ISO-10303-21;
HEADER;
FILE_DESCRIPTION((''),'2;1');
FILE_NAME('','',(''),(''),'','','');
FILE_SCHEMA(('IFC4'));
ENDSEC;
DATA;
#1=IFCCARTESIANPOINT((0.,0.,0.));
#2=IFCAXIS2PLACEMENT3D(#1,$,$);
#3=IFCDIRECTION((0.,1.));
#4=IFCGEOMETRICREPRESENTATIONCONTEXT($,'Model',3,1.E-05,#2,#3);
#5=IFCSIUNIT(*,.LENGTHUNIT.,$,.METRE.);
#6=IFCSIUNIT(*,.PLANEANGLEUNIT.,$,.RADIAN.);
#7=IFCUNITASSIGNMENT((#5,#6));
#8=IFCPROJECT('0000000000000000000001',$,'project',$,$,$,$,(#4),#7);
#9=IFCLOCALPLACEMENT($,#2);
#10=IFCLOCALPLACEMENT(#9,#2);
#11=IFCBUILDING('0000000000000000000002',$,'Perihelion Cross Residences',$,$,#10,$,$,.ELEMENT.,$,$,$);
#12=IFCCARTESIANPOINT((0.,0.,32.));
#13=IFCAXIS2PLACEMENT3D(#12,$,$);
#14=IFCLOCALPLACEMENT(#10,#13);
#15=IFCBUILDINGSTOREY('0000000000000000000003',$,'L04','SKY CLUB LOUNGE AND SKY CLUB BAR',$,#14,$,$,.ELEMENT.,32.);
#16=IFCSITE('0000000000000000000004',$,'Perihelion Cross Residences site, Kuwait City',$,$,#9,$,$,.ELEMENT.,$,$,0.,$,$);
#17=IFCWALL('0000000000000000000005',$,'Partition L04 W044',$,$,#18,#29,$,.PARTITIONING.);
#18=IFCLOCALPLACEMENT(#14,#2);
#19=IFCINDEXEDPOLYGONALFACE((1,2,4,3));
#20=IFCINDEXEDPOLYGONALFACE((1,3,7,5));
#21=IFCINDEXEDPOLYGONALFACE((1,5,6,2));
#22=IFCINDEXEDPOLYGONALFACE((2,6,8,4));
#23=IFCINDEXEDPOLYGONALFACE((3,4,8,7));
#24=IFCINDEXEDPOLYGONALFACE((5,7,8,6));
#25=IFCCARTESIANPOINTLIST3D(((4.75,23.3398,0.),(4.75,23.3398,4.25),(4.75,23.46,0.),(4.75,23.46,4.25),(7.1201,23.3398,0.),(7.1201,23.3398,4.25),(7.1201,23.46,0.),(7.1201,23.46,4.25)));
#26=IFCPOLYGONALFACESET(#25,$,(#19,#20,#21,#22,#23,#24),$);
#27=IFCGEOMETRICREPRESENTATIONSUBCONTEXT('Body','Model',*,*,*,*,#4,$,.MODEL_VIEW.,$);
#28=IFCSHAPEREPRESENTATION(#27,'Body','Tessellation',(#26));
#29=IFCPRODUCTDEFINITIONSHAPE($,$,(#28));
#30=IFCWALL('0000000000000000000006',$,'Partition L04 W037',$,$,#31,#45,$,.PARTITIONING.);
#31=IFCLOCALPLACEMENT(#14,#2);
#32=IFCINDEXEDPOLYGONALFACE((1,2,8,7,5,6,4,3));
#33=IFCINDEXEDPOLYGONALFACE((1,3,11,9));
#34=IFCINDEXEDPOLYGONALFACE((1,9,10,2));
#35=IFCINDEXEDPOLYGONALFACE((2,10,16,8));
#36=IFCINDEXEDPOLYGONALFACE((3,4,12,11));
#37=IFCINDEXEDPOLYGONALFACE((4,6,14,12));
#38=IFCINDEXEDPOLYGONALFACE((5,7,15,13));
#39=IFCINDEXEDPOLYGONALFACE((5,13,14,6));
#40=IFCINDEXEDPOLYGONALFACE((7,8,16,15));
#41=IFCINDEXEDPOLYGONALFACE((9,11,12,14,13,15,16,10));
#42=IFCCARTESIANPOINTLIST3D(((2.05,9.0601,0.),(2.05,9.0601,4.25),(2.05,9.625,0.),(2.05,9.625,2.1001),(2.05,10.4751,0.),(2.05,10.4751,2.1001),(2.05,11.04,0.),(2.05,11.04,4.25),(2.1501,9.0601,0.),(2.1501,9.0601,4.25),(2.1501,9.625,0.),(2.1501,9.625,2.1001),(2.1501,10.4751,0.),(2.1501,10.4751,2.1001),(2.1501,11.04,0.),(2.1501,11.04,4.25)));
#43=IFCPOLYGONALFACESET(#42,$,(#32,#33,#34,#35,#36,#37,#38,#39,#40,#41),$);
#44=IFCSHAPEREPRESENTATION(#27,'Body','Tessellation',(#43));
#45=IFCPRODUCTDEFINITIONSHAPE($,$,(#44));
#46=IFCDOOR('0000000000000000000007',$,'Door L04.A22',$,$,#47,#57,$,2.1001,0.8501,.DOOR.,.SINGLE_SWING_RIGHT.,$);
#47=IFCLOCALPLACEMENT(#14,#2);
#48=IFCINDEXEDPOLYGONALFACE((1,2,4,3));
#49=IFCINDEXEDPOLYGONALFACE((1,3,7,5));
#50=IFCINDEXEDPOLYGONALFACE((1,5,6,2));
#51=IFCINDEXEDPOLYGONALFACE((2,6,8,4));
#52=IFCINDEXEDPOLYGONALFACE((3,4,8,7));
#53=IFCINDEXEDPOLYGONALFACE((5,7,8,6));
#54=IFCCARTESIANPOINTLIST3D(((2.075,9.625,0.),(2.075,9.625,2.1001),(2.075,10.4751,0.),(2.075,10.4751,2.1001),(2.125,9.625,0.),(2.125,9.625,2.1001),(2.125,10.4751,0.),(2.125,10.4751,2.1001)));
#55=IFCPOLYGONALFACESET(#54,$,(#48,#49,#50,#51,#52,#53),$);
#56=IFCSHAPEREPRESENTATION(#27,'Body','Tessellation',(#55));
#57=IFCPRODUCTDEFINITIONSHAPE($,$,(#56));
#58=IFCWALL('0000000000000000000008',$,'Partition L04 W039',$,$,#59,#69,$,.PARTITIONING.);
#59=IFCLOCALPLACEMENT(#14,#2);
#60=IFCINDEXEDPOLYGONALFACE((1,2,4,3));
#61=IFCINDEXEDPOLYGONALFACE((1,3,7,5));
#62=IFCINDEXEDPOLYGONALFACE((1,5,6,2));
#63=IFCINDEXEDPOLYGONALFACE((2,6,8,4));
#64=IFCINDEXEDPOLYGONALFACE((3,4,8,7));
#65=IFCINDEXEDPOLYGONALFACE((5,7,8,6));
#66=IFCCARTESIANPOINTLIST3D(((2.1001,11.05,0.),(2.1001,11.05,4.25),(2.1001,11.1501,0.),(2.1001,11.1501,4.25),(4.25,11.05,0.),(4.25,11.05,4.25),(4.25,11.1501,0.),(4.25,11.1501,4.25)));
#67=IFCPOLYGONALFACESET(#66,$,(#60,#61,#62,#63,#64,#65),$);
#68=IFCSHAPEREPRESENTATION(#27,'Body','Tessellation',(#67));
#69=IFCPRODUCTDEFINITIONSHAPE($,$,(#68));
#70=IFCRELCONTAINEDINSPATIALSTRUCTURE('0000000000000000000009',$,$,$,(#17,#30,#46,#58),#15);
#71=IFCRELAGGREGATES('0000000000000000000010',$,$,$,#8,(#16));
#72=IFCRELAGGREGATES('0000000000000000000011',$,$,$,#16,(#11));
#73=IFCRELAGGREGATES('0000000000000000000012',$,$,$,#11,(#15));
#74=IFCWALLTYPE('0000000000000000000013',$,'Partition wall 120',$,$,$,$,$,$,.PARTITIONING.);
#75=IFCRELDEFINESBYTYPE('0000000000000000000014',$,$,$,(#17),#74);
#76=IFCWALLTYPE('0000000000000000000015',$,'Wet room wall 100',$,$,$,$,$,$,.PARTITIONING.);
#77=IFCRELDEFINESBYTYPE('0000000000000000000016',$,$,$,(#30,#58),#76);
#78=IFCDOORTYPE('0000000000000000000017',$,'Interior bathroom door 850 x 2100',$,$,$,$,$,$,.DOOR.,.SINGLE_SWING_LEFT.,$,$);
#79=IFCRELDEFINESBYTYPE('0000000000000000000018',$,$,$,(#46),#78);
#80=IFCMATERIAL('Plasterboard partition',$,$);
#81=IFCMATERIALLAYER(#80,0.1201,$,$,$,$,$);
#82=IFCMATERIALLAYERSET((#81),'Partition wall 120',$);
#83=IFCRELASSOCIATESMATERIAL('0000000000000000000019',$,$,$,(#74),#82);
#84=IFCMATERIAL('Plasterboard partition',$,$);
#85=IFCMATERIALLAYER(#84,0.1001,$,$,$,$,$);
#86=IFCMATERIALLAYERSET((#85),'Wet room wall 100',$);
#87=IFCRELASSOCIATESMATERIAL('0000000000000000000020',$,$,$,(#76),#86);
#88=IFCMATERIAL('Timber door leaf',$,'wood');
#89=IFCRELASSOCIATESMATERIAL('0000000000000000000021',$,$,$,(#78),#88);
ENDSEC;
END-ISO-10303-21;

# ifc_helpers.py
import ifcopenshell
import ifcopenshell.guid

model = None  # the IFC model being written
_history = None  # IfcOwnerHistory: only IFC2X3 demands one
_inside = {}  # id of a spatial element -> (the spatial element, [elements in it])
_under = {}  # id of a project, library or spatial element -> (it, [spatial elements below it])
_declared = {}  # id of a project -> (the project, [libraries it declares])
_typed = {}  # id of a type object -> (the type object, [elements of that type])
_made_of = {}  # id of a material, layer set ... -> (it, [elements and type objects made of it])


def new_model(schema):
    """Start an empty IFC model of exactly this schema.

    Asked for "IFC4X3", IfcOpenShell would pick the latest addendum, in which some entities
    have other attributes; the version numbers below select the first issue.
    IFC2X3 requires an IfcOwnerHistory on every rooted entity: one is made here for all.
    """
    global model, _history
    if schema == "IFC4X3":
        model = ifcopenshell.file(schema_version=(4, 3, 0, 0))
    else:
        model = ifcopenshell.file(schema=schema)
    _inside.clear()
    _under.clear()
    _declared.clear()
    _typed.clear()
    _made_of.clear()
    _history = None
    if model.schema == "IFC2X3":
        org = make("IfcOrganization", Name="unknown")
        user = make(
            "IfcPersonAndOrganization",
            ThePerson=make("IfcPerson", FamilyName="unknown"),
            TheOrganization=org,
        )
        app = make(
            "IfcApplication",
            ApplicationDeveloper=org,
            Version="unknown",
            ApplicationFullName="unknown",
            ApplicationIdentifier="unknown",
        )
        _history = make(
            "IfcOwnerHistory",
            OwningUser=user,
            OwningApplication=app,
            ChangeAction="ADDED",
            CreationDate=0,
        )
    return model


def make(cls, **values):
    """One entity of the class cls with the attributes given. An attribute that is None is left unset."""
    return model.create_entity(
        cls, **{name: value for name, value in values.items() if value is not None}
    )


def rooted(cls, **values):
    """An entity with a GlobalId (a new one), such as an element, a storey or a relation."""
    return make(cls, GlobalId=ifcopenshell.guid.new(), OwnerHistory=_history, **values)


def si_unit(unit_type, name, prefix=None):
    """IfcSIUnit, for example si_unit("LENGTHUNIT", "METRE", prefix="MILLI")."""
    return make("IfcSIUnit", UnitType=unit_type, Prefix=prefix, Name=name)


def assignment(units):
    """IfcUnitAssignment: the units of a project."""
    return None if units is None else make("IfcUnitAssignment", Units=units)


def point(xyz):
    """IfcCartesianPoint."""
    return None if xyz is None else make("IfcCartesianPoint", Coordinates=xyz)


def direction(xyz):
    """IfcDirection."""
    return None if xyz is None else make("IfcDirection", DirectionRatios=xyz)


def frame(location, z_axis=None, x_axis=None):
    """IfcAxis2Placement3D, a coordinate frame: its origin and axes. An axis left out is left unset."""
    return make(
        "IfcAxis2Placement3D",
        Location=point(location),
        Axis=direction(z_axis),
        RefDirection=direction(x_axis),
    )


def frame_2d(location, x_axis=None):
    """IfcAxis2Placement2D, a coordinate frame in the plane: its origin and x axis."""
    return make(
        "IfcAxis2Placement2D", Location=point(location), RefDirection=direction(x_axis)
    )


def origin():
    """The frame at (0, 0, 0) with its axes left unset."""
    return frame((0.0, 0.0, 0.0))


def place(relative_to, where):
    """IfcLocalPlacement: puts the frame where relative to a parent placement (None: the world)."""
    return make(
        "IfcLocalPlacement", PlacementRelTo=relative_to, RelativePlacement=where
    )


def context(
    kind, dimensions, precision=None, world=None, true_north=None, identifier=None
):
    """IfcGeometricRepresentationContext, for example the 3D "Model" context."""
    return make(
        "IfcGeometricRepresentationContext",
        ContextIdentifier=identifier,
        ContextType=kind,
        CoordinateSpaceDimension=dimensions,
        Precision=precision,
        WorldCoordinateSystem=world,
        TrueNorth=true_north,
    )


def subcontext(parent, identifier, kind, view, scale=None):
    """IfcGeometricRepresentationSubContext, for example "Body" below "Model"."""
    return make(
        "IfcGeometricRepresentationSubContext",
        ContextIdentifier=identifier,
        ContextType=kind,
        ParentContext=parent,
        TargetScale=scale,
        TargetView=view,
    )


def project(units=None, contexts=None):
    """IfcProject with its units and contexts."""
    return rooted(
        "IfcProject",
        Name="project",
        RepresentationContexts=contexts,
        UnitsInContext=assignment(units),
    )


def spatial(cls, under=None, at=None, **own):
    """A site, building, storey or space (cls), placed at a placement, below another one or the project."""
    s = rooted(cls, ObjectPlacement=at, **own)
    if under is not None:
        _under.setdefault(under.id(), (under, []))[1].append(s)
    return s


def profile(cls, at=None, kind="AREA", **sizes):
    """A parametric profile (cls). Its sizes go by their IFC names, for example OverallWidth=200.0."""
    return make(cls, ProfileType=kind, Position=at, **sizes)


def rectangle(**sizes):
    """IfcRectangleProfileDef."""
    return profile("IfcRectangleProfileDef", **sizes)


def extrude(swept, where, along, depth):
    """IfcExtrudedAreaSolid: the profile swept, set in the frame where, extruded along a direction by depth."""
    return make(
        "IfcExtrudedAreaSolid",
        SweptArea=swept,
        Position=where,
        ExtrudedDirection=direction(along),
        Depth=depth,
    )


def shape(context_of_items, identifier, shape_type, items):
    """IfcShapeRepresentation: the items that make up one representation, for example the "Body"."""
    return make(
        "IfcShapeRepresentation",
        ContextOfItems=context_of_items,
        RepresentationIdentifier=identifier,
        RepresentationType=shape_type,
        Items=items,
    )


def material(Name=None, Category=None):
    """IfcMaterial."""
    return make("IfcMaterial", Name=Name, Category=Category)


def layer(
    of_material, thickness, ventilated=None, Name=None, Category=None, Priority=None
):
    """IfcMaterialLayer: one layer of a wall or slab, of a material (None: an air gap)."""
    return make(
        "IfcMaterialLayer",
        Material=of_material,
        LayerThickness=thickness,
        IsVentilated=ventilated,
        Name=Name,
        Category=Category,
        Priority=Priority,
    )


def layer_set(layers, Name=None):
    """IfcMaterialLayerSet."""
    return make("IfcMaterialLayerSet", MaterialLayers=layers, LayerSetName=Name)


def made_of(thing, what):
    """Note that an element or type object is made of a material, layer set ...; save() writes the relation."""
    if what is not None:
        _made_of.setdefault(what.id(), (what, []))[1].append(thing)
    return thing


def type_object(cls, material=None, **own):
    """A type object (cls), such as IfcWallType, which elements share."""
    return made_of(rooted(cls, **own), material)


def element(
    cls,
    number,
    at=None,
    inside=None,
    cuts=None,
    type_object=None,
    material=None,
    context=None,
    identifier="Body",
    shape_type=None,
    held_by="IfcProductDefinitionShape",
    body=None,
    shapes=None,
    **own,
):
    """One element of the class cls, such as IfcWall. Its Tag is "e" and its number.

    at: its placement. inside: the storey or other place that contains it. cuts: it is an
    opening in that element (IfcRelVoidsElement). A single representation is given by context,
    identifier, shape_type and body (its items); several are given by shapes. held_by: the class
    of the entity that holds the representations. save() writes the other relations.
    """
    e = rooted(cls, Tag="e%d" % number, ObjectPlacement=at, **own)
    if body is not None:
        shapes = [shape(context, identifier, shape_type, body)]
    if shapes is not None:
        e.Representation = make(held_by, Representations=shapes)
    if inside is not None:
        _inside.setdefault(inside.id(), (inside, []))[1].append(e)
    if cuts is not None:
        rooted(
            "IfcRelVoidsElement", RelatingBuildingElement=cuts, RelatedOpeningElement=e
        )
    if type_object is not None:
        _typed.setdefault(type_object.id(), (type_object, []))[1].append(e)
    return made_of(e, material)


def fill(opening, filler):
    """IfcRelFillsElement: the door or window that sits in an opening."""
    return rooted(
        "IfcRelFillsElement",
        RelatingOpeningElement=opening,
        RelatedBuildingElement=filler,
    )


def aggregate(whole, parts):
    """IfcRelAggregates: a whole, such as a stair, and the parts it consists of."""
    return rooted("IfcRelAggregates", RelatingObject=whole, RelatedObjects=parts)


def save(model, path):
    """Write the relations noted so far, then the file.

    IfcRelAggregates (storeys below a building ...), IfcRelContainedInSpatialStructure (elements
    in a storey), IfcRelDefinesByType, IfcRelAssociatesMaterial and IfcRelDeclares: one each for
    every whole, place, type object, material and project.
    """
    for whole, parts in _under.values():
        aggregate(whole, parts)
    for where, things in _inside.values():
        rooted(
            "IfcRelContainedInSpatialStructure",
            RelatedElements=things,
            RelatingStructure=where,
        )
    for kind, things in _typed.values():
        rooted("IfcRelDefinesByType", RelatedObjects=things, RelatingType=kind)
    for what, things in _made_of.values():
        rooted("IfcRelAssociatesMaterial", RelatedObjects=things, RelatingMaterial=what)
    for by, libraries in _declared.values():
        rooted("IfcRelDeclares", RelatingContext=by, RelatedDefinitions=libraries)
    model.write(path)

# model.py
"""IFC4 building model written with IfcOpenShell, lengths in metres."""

from ifc_helpers import new_model, si_unit, direction, frame, frame_2d, origin, place, context, subcontext, project, spatial, rectangle, extrude, material, layer, layer_set, type_object, element, fill, save


model = new_model("IFC4")

# Units and contexts
model_context = context("Model", 3, precision=1e-05, world=origin(), true_north=direction((0.0, 1.0)))
body_context = subcontext(model_context, "Body", "Model", "MODEL_VIEW")
ifc_project = project(units=[si_unit("LENGTHUNIT", "METRE"), si_unit("PLANEANGLEUNIT", "RADIAN")], contexts=[model_context])

# Site, building, storey
site_placement = place(None, origin())
site = spatial("IfcSite", under=ifc_project, at=site_placement, Name="Perihelion Cross Residences site, Kuwait City", CompositionType="ELEMENT", RefElevation=0.0)
building_placement = place(site_placement, origin())
building = spatial("IfcBuilding", under=site, at=building_placement, Name="Perihelion Cross Residences", CompositionType="ELEMENT")
storey_placement = place(building_placement, frame((0.0, 0.0, 32.0)))
storey = spatial("IfcBuildingStorey", under=building, at=storey_placement, Name="L04", Description="SKY CLUB LOUNGE AND SKY CLUB BAR", CompositionType="ELEMENT", Elevation=32.0)

# Shared definitions
ifc_material_1 = material(Name="Plasterboard partition")
ifc_layer_1 = layer(ifc_material_1, 0.1201)
ifc_layer_set_1 = layer_set([ifc_layer_1], Name="Partition wall 120")
wall_type_1 = type_object("IfcWallType", Name="Partition wall 120", PredefinedType="PARTITIONING", material=ifc_layer_set_1)

# Wall
wall_1_placement = place(storey_placement, frame((4.75, 23.3999, 0.0), z_axis=(0.0, 0.0, 1.0), x_axis=(1.0, 0.0, 0.0)))
element("IfcWall", 1, at=wall_1_placement, inside=storey, type_object=wall_type_1, Name="Partition L04 W044", PredefinedType="PARTITIONING", context=body_context, shape_type="SweptSolid", body=[
    extrude(rectangle(XDim=2.3701, YDim=0.1201, at=frame_2d((1.1851, 0.0))), origin(), (0.0, 0.0, 1.0), 4.25),
])

# Wall, opening, door
ifc_material_2 = material(Name="Plasterboard partition")
ifc_layer_2 = layer(ifc_material_2, 0.1001)
ifc_layer_set_2 = layer_set([ifc_layer_2], Name="Wet room wall 100")
wall_type_2 = type_object("IfcWallType", Name="Wet room wall 100", PredefinedType="PARTITIONING", material=ifc_layer_set_2)
wall_2_placement = place(storey_placement, frame((2.1001, 11.04, 0.0), z_axis=(0.0, 0.0, 1.0), x_axis=(0.0, -1.0, 0.0)))
wall_2 = element("IfcWall", 2, at=wall_2_placement, inside=storey, type_object=wall_type_2, Name="Partition L04 W037", PredefinedType="PARTITIONING", context=body_context, shape_type="SweptSolid", body=[
    extrude(rectangle(XDim=1.98, YDim=0.1001, at=frame_2d((0.99, 0.0))), origin(), (0.0, 0.0, 1.0), 4.25),
])
opening_1_placement = place(wall_2_placement, frame((0.5649, 0.0, 0.0)))
opening_1 = element("IfcOpeningElement", 3, at=opening_1_placement, cuts=wall_2, PredefinedType="OPENING", context=body_context, shape_type="SweptSolid", body=[
    extrude(rectangle(XDim=0.8501, YDim=2.1001, at=frame_2d((0.425, 1.05))), frame((0.0, 0.0601, 0.0), z_axis=(0.0, -1.0, 0.0), x_axis=(1.0, 0.0, 0.0)), (0.0, 0.0, 1.0), 0.1201),
])
ifc_material_3 = material(Name="Timber door leaf", Category="wood")
door_type_1 = type_object("IfcDoorType", Name="Interior bathroom door 850 x 2100", OperationType="SINGLE_SWING_LEFT", PredefinedType="DOOR", material=ifc_material_3)
door_1_placement = place(opening_1_placement, origin())
door_1 = element("IfcDoor", 4, at=door_1_placement, inside=storey, type_object=door_type_1, Name="Door L04.A22", OperationType="SINGLE_SWING_RIGHT", OverallHeight=2.1001, OverallWidth=0.8501, PredefinedType="DOOR", context=body_context, shape_type="SweptSolid", body=[
    extrude(rectangle(XDim=0.8501, YDim=2.1001, at=frame_2d((0.425, 1.05))), frame((0.0, 0.0249, 0.0), z_axis=(0.0, -1.0, 0.0), x_axis=(1.0, 0.0, 0.0)), (0.0, 0.0, 1.0), 0.05),
])
fill(opening_1, door_1)

# Wall
wall_3_placement = place(storey_placement, frame((2.1001, 11.1001, 0.0), z_axis=(0.0, 0.0, 1.0), x_axis=(1.0, 0.0, 0.0)))
element("IfcWall", 5, at=wall_3_placement, inside=storey, type_object=wall_type_2, Name="Partition L04 W039", PredefinedType="PARTITIONING", context=body_context, shape_type="SweptSolid", body=[
    extrude(rectangle(XDim=2.1499, YDim=0.1001, at=frame_2d((1.075, 0.0))), origin(), (0.0, 0.0, 1.0), 4.25),
])

save(model, "model.ifc")
